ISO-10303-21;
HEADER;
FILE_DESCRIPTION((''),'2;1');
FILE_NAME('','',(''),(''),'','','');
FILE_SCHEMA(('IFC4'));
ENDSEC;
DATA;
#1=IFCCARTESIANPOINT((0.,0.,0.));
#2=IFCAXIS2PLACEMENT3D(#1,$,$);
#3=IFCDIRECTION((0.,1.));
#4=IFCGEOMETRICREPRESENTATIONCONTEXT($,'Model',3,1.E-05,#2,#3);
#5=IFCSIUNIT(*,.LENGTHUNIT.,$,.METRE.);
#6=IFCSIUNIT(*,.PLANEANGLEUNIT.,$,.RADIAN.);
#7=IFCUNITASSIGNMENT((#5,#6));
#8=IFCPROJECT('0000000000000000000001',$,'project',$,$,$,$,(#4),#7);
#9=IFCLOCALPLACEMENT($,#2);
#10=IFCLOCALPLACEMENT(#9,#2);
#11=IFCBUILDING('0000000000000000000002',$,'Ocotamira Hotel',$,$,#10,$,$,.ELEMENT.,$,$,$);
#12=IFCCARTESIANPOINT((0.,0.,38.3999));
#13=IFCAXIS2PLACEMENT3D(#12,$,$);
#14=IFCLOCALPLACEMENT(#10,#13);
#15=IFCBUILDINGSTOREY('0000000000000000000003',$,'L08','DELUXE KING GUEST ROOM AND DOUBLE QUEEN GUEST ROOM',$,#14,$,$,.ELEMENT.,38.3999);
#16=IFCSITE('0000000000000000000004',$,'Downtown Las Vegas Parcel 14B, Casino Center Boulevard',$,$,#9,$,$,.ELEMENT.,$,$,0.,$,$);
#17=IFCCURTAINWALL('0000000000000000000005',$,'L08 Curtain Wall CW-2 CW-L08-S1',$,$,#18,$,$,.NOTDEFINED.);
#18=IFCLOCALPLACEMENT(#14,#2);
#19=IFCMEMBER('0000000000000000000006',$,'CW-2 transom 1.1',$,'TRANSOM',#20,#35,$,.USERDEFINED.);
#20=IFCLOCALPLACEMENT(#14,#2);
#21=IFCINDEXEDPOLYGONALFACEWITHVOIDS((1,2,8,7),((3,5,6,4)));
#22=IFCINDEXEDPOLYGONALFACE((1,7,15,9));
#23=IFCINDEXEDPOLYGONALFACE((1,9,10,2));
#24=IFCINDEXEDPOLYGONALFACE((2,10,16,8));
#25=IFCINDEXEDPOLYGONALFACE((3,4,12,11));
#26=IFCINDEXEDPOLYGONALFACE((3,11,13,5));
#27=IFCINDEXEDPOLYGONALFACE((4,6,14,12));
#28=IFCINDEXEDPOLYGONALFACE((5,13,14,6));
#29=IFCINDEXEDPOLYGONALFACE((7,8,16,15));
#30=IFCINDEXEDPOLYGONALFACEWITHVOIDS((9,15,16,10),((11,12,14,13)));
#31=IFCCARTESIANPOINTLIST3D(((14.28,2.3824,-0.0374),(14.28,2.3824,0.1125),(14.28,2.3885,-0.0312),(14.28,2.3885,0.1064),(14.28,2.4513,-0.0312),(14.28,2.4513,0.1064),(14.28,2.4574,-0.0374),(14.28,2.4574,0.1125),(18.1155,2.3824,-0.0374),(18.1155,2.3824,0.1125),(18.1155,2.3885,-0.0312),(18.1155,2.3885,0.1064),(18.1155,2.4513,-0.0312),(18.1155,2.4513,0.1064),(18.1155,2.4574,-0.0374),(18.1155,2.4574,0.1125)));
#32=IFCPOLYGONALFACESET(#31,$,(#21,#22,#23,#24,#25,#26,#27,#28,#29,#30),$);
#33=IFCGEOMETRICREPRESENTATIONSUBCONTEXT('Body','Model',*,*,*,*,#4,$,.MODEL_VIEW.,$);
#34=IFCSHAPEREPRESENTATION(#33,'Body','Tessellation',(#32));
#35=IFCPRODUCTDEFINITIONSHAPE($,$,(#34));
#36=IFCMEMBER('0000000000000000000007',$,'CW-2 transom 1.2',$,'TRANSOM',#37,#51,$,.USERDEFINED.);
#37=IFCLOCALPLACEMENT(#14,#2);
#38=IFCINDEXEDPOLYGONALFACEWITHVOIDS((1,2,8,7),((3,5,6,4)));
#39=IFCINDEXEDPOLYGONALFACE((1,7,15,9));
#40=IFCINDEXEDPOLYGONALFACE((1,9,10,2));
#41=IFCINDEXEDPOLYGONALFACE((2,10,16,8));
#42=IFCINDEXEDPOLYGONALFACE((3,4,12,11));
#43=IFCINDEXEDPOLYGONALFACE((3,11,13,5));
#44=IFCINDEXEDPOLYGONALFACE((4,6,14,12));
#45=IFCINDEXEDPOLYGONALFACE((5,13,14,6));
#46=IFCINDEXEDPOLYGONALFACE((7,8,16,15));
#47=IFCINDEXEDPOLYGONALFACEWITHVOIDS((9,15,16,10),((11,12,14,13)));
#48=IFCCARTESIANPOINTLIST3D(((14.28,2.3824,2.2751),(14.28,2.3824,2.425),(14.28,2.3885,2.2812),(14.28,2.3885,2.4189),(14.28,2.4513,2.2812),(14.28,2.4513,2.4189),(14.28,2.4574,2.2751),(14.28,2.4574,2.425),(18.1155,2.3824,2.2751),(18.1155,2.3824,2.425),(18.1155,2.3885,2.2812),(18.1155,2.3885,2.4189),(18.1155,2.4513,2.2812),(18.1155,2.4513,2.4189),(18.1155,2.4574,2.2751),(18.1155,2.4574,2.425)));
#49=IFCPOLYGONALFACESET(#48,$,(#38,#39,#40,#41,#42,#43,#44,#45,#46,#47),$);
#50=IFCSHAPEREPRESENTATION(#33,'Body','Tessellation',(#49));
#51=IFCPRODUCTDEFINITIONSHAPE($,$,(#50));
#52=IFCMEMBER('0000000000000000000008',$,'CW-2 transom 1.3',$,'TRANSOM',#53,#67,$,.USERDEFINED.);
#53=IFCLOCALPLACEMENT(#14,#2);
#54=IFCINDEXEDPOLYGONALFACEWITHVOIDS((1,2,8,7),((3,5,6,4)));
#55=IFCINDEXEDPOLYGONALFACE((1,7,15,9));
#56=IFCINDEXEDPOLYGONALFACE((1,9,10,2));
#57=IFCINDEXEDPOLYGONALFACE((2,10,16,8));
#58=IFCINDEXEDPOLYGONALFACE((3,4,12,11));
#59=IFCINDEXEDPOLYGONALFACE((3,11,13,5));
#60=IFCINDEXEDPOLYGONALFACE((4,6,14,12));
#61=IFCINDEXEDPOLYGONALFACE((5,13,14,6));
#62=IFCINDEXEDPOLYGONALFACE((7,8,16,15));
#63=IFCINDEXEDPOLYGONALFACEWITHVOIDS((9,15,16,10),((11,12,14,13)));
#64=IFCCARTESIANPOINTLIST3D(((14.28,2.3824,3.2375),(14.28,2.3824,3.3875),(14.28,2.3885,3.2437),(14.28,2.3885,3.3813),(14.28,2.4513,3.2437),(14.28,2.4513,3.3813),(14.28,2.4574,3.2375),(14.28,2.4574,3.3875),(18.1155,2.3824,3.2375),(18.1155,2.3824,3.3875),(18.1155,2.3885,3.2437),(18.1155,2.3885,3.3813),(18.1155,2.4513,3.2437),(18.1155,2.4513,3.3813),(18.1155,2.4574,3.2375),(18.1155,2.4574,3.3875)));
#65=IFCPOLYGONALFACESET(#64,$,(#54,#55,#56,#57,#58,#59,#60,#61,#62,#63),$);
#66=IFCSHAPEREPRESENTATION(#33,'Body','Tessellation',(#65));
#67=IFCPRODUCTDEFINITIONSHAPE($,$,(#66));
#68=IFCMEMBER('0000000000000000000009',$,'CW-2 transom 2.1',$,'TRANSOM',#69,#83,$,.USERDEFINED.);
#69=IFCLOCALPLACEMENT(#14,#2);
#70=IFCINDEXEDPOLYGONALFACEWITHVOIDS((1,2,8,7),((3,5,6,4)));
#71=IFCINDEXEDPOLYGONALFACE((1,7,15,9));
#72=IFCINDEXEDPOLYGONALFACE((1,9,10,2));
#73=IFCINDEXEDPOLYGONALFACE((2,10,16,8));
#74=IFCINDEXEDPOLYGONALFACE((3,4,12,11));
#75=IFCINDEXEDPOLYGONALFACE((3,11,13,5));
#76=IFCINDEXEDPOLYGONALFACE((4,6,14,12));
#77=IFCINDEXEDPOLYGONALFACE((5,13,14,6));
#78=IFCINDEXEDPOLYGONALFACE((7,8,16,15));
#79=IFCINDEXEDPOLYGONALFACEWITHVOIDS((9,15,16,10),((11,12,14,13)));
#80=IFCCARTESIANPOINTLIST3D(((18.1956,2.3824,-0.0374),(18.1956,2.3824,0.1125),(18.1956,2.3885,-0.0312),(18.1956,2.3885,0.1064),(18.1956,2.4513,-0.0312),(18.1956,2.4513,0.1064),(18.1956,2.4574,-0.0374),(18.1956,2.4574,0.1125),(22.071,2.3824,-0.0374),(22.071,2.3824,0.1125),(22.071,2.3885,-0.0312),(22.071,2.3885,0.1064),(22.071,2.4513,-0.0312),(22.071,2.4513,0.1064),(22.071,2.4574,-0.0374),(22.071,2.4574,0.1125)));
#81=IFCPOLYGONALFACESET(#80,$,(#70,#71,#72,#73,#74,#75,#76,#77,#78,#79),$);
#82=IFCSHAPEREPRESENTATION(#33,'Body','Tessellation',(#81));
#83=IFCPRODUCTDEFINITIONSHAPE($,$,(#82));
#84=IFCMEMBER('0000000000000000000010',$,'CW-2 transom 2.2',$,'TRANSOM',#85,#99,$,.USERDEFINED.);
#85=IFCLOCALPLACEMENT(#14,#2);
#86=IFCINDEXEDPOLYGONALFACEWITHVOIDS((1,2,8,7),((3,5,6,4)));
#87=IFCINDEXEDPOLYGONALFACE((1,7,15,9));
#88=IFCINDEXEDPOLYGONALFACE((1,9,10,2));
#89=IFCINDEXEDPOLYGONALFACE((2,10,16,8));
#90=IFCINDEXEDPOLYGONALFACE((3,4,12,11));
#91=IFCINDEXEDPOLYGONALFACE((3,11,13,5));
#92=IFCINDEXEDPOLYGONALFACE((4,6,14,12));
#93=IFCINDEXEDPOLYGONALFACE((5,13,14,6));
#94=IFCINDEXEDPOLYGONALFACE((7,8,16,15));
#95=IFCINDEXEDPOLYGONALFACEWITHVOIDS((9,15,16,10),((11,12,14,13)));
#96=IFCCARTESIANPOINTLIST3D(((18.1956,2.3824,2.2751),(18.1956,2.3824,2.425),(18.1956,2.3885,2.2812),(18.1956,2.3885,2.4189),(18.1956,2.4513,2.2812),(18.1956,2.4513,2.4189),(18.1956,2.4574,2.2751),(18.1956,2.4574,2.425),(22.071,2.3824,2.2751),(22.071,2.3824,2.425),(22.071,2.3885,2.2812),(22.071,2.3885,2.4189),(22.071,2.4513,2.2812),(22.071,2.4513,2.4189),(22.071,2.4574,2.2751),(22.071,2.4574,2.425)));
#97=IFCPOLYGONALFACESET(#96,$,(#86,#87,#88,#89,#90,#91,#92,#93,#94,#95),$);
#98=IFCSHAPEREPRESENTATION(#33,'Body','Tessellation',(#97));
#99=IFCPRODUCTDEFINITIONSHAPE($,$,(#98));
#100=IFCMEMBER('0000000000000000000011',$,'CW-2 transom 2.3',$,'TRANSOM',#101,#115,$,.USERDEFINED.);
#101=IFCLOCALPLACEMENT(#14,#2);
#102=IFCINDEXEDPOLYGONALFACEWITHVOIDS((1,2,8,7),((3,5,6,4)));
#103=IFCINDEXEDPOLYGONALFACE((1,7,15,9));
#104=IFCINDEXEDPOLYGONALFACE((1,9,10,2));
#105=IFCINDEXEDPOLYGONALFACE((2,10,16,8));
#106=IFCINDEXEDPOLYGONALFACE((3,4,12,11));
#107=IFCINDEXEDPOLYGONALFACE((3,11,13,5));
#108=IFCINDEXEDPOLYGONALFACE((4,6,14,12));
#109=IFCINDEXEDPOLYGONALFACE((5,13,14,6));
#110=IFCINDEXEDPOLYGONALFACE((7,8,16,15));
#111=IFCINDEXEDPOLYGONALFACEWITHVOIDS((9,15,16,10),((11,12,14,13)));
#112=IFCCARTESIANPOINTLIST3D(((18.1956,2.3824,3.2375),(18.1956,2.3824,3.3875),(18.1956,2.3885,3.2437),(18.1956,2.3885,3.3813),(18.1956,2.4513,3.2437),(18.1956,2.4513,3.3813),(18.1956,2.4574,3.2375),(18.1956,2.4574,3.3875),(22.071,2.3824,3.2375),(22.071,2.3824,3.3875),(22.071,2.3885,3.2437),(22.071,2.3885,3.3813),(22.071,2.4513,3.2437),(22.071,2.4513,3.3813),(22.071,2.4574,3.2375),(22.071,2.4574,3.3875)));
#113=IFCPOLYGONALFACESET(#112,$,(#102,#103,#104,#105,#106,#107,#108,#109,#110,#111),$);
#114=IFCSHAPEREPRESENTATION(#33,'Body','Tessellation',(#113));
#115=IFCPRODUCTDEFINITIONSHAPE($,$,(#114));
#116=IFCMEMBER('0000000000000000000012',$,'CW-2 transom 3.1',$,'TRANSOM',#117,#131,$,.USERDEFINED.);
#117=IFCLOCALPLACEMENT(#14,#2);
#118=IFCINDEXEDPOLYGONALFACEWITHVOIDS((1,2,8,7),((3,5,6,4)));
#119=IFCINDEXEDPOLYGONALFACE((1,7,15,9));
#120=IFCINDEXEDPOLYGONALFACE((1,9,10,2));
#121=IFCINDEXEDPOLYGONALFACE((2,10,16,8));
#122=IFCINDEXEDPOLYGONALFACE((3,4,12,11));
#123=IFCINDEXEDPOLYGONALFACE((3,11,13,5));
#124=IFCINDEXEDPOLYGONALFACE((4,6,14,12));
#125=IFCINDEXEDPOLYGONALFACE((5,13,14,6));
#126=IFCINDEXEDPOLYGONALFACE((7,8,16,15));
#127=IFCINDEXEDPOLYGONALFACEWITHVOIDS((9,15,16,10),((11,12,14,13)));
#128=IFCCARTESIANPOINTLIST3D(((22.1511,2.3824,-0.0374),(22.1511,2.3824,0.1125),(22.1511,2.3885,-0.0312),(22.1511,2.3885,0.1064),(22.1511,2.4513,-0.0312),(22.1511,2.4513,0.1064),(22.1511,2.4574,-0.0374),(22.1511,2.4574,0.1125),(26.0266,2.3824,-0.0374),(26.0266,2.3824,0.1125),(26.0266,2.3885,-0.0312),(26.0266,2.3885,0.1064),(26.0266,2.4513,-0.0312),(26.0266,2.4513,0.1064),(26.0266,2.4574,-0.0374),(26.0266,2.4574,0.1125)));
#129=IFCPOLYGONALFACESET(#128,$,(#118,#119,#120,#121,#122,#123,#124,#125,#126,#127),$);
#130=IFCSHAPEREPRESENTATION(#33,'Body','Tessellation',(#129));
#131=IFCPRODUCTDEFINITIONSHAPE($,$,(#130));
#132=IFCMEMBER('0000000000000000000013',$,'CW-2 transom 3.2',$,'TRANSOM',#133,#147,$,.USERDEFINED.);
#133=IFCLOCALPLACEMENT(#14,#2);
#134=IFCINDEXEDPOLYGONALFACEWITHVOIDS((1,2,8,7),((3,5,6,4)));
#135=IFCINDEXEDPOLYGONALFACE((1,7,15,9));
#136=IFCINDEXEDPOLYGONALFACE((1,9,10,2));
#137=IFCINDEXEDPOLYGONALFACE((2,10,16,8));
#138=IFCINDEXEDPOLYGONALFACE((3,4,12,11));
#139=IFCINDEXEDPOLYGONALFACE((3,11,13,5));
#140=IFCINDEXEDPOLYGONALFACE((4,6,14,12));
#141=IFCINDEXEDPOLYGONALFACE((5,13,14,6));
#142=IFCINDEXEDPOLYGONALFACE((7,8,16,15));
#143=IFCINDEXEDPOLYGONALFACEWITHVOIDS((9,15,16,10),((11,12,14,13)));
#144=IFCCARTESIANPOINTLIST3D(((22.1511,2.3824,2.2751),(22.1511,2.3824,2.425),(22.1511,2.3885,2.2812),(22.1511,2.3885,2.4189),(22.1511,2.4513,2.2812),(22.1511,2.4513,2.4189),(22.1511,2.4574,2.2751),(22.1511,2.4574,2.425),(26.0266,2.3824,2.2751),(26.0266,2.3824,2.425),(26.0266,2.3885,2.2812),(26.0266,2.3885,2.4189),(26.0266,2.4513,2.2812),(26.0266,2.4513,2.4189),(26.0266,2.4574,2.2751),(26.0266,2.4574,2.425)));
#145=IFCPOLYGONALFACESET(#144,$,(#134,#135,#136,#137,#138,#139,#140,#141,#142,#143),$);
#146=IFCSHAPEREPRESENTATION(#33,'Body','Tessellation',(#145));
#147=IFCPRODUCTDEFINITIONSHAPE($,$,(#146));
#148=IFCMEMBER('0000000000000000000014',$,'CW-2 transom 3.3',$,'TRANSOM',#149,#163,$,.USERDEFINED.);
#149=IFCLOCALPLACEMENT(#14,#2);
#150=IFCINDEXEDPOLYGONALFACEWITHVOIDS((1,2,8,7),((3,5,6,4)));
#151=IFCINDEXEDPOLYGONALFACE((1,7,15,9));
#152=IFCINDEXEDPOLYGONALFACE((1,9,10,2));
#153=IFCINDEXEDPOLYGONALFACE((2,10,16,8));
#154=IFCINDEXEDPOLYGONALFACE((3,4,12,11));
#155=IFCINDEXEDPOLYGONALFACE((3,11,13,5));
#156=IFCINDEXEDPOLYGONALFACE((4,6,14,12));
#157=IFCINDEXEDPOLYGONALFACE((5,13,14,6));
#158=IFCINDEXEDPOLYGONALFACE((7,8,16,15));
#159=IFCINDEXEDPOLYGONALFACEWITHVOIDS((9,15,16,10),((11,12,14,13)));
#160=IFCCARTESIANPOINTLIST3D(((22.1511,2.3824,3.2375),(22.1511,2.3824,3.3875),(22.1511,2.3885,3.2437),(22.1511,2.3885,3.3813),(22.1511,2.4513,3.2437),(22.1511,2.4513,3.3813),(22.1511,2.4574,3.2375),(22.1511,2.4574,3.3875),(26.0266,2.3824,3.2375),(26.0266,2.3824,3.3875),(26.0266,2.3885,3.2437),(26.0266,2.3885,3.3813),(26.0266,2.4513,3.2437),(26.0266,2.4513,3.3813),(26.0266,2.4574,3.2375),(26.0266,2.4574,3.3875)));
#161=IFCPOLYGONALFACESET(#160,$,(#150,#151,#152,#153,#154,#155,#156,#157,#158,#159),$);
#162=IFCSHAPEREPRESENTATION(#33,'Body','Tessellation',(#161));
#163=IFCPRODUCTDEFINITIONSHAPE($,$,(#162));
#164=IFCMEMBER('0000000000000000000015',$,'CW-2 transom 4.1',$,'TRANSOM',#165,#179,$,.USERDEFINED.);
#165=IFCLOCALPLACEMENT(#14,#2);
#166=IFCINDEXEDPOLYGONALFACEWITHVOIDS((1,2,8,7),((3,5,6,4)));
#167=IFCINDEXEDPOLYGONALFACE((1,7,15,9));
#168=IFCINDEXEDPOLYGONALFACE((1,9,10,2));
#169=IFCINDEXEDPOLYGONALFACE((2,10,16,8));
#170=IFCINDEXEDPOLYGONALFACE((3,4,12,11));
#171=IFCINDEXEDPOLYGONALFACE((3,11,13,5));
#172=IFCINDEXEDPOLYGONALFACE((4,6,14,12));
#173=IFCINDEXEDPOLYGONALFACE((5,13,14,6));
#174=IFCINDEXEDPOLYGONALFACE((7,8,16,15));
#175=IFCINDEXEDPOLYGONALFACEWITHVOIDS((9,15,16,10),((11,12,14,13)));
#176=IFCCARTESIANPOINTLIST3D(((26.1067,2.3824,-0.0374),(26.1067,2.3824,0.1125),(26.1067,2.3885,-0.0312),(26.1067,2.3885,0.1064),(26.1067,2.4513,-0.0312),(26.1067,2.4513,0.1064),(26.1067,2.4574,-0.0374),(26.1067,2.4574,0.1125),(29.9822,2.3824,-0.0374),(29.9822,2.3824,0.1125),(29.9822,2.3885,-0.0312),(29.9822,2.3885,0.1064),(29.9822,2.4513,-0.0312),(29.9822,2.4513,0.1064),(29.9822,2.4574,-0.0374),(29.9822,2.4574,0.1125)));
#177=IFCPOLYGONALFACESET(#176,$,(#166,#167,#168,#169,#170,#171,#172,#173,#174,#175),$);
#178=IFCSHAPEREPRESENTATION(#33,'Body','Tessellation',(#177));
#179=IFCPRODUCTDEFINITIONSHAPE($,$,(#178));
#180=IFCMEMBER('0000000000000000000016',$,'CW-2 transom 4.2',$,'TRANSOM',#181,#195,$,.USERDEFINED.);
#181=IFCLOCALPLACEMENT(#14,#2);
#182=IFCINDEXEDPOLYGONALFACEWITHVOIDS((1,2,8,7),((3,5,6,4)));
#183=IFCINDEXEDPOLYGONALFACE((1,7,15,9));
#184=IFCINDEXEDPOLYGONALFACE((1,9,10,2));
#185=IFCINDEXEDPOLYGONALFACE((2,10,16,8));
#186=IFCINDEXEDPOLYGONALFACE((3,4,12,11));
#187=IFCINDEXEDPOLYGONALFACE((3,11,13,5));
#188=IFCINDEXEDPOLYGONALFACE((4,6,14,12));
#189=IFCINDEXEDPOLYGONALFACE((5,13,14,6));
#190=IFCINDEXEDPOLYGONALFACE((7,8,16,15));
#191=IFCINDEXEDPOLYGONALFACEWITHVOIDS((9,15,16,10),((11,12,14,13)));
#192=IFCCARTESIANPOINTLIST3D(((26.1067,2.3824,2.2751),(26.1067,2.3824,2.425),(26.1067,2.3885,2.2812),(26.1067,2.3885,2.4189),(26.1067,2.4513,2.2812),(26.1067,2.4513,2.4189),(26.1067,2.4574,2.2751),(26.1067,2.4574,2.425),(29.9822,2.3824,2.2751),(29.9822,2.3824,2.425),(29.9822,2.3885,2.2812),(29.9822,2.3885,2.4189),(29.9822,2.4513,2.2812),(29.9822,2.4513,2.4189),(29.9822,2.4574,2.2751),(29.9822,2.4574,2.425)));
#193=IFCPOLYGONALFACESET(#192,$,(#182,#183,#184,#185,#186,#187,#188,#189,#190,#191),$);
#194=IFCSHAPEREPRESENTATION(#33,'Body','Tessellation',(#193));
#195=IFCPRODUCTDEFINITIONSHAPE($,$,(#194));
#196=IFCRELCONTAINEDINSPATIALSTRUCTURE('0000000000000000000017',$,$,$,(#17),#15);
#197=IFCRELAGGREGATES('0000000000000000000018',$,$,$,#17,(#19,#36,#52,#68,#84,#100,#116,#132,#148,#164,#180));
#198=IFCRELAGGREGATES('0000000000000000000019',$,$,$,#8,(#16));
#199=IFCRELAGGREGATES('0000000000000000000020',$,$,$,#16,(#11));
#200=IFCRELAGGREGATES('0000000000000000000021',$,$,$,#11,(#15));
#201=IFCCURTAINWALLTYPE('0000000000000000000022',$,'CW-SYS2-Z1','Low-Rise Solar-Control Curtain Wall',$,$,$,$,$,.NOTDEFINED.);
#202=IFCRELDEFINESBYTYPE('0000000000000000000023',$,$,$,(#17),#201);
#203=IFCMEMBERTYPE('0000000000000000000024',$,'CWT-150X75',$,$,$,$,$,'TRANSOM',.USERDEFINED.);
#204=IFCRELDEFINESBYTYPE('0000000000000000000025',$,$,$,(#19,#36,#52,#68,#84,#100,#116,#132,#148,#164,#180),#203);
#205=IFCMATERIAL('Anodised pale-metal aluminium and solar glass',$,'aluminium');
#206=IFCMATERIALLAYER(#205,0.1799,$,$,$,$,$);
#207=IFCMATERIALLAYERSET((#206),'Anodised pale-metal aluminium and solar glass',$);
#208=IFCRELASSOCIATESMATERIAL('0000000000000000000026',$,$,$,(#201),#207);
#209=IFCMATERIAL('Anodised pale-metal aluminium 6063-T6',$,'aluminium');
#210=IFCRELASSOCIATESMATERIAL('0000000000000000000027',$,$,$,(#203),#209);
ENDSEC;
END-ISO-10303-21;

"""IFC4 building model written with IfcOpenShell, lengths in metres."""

from ifc_helpers import new_model, si_unit, direction, frame, origin, origin_2d, place, context, subcontext, project, spatial, hollow_rectangle, extrude, source, transform, mapped, material, layer, layer_set, material_profile, profile_set, type_object, element, aggregate, save


model = new_model("IFC4")

# Units and contexts
model_context = context("Model", 3, precision=1e-05, world=origin(), true_north=direction((0.0, 1.0)))
body_context = subcontext(model_context, "Body", "Model", "MODEL_VIEW")
ifc_project = project(units=[si_unit("LENGTHUNIT", "METRE"), si_unit("PLANEANGLEUNIT", "RADIAN")], contexts=[model_context])

# Site, building, storey
site_placement = place(None, origin())
site = spatial("IfcSite", under=ifc_project, at=site_placement, Name="Downtown Las Vegas Parcel 14B, Casino Center Boulevard", CompositionType="ELEMENT", RefElevation=0.0)
building_placement = place(site_placement, origin())
building = spatial("IfcBuilding", under=site, at=building_placement, Name="Ocotamira Hotel", CompositionType="ELEMENT")
storey_placement = place(building_placement, frame((0.0, 0.0, 38.3999)))
storey = spatial("IfcBuildingStorey", under=building, at=storey_placement, Name="L08", Description="DELUXE KING GUEST ROOM AND DOUBLE QUEEN GUEST ROOM", CompositionType="ELEMENT", Elevation=38.3999)

# Curtain wall, members
ifc_material_1 = material(Name="Anodised pale-metal aluminium and solar glass", Category="aluminium")
ifc_layer_1 = layer(ifc_material_1, 0.1799)
ifc_layer_set_1 = layer_set([ifc_layer_1], Name="Anodised pale-metal aluminium and solar glass")
curtain_wall_type = type_object("IfcCurtainWallType", Name="CW-SYS2-Z1", Description="Low-Rise Solar-Control Curtain Wall", PredefinedType="NOTDEFINED", material=ifc_layer_set_1)
curtain_wall_placement = place(storey_placement, origin())
curtain_wall = element("IfcCurtainWall", 1, at=curtain_wall_placement, inside=storey, type_object=curtain_wall_type, Name="L08 Curtain Wall CW-2 CW-L08-S1", PredefinedType="NOTDEFINED")
ifc_material_2 = material(Name="Anodised pale-metal aluminium 6063-T6", Category="aluminium")
ifc_material_profile_1 = material_profile(ifc_material_2, hollow_rectangle(XDim=0.075, YDim=0.1499, WallThickness=0.0061, at=origin_2d()), Name="HSS150X75X6")
ifc_profile_set_1 = profile_set([ifc_material_profile_1], Name="Anodised pale-metal aluminium 6063-T6")
member_type_1 = type_object("IfcMemberType", Name="CWT-150X75", ElementType="TRANSOM", PredefinedType="USERDEFINED", material=ifc_profile_set_1)
shared_shape_1 = source(origin(), body_context, "Body", "SweptSolid", [
    extrude(hollow_rectangle(XDim=0.075, YDim=0.1499, WallThickness=0.0061, at=origin_2d()), origin(), (0.0, 0.0, 1.0), 3.8354),
])
member_1_placement = place(storey_placement, frame((14.28, 2.4199, 0.0376), z_axis=(1.0, 0.0, 0.0), x_axis=(0.0, 1.0, 0.0)))
member_1 = element("IfcMember", 2, at=member_1_placement, type_object=member_type_1, Name="CW-2 transom 1.1", ObjectType="TRANSOM", PredefinedType="USERDEFINED", context=body_context, shape_type="MappedRepresentation", body=[
    mapped(shared_shape_1, transform((0.0, 0.0, 0.0), scale=1.0)),
])
member_2_placement = place(storey_placement, frame((14.28, 2.4199, 2.3501), z_axis=(1.0, 0.0, 0.0), x_axis=(0.0, 1.0, 0.0)))
member_2 = element("IfcMember", 3, at=member_2_placement, type_object=member_type_1, Name="CW-2 transom 1.2", ObjectType="TRANSOM", PredefinedType="USERDEFINED", context=body_context, shape_type="MappedRepresentation", body=[
    mapped(shared_shape_1, transform((0.0, 0.0, 0.0), scale=1.0)),
])
member_3_placement = place(storey_placement, frame((14.28, 2.4199, 3.3125), z_axis=(1.0, 0.0, 0.0), x_axis=(0.0, 1.0, 0.0)))
member_3 = element("IfcMember", 4, at=member_3_placement, type_object=member_type_1, Name="CW-2 transom 1.3", ObjectType="TRANSOM", PredefinedType="USERDEFINED", context=body_context, shape_type="MappedRepresentation", body=[
    mapped(shared_shape_1, transform((0.0, 0.0, 0.0), scale=1.0)),
])
shared_shape_2 = source(origin(), body_context, "Body", "SweptSolid", [
    extrude(hollow_rectangle(XDim=0.075, YDim=0.1499, WallThickness=0.0061, at=origin_2d()), origin(), (0.0, 0.0, 1.0), 3.8755),
])
member_4_placement = place(storey_placement, frame((18.1956, 2.4199, 0.0376), z_axis=(1.0, 0.0, 0.0), x_axis=(0.0, 1.0, 0.0)))
member_4 = element("IfcMember", 5, at=member_4_placement, type_object=member_type_1, Name="CW-2 transom 2.1", ObjectType="TRANSOM", PredefinedType="USERDEFINED", context=body_context, shape_type="MappedRepresentation", body=[
    mapped(shared_shape_2, transform((0.0, 0.0, 0.0), scale=1.0)),
])
member_5_placement = place(storey_placement, frame((18.1956, 2.4199, 2.3501), z_axis=(1.0, 0.0, 0.0), x_axis=(0.0, 1.0, 0.0)))
member_5 = element("IfcMember", 6, at=member_5_placement, type_object=member_type_1, Name="CW-2 transom 2.2", ObjectType="TRANSOM", PredefinedType="USERDEFINED", context=body_context, shape_type="MappedRepresentation", body=[
    mapped(shared_shape_2, transform((0.0, 0.0, 0.0), scale=1.0)),
])
member_6_placement = place(storey_placement, frame((18.1956, 2.4199, 3.3125), z_axis=(1.0, 0.0, 0.0), x_axis=(0.0, 1.0, 0.0)))
member_6 = element("IfcMember", 7, at=member_6_placement, type_object=member_type_1, Name="CW-2 transom 2.3", ObjectType="TRANSOM", PredefinedType="USERDEFINED", context=body_context, shape_type="MappedRepresentation", body=[
    mapped(shared_shape_2, transform((0.0, 0.0, 0.0), scale=1.0)),
])
member_7_placement = place(storey_placement, frame((22.1511, 2.4199, 0.0376), z_axis=(1.0, 0.0, 0.0), x_axis=(0.0, 1.0, 0.0)))
member_7 = element("IfcMember", 8, at=member_7_placement, type_object=member_type_1, Name="CW-2 transom 3.1", ObjectType="TRANSOM", PredefinedType="USERDEFINED", context=body_context, shape_type="MappedRepresentation", body=[
    mapped(shared_shape_2, transform((0.0, 0.0, 0.0), scale=1.0)),
])
member_8_placement = place(storey_placement, frame((22.1511, 2.4199, 2.3501), z_axis=(1.0, 0.0, 0.0), x_axis=(0.0, 1.0, 0.0)))
member_8 = element("IfcMember", 9, at=member_8_placement, type_object=member_type_1, Name="CW-2 transom 3.2", ObjectType="TRANSOM", PredefinedType="USERDEFINED", context=body_context, shape_type="MappedRepresentation", body=[
    mapped(shared_shape_2, transform((0.0, 0.0, 0.0), scale=1.0)),
])
member_9_placement = place(storey_placement, frame((22.1511, 2.4199, 3.3125), z_axis=(1.0, 0.0, 0.0), x_axis=(0.0, 1.0, 0.0)))
member_9 = element("IfcMember", 10, at=member_9_placement, type_object=member_type_1, Name="CW-2 transom 3.3", ObjectType="TRANSOM", PredefinedType="USERDEFINED", context=body_context, shape_type="MappedRepresentation", body=[
    mapped(shared_shape_2, transform((0.0, 0.0, 0.0), scale=1.0)),
])
member_10_placement = place(storey_placement, frame((26.1067, 2.4199, 0.0376), z_axis=(1.0, 0.0, 0.0), x_axis=(0.0, 1.0, 0.0)))
member_10 = element("IfcMember", 11, at=member_10_placement, type_object=member_type_1, Name="CW-2 transom 4.1", ObjectType="TRANSOM", PredefinedType="USERDEFINED", context=body_context, shape_type="MappedRepresentation", body=[
    mapped(shared_shape_2, transform((0.0, 0.0, 0.0), scale=1.0)),
])
member_11_placement = place(storey_placement, frame((26.1067, 2.4199, 2.3501), z_axis=(1.0, 0.0, 0.0), x_axis=(0.0, 1.0, 0.0)))
member_11 = element("IfcMember", 12, at=member_11_placement, type_object=member_type_1, Name="CW-2 transom 4.2", ObjectType="TRANSOM", PredefinedType="USERDEFINED", context=body_context, shape_type="MappedRepresentation", body=[
    mapped(shared_shape_2, transform((0.0, 0.0, 0.0), scale=1.0)),
])

aggregate(curtain_wall, [member_1, member_2, member_3, member_4, member_5, member_6, member_7, member_8, member_9, member_10, member_11])

save(model, "model.ifc")
